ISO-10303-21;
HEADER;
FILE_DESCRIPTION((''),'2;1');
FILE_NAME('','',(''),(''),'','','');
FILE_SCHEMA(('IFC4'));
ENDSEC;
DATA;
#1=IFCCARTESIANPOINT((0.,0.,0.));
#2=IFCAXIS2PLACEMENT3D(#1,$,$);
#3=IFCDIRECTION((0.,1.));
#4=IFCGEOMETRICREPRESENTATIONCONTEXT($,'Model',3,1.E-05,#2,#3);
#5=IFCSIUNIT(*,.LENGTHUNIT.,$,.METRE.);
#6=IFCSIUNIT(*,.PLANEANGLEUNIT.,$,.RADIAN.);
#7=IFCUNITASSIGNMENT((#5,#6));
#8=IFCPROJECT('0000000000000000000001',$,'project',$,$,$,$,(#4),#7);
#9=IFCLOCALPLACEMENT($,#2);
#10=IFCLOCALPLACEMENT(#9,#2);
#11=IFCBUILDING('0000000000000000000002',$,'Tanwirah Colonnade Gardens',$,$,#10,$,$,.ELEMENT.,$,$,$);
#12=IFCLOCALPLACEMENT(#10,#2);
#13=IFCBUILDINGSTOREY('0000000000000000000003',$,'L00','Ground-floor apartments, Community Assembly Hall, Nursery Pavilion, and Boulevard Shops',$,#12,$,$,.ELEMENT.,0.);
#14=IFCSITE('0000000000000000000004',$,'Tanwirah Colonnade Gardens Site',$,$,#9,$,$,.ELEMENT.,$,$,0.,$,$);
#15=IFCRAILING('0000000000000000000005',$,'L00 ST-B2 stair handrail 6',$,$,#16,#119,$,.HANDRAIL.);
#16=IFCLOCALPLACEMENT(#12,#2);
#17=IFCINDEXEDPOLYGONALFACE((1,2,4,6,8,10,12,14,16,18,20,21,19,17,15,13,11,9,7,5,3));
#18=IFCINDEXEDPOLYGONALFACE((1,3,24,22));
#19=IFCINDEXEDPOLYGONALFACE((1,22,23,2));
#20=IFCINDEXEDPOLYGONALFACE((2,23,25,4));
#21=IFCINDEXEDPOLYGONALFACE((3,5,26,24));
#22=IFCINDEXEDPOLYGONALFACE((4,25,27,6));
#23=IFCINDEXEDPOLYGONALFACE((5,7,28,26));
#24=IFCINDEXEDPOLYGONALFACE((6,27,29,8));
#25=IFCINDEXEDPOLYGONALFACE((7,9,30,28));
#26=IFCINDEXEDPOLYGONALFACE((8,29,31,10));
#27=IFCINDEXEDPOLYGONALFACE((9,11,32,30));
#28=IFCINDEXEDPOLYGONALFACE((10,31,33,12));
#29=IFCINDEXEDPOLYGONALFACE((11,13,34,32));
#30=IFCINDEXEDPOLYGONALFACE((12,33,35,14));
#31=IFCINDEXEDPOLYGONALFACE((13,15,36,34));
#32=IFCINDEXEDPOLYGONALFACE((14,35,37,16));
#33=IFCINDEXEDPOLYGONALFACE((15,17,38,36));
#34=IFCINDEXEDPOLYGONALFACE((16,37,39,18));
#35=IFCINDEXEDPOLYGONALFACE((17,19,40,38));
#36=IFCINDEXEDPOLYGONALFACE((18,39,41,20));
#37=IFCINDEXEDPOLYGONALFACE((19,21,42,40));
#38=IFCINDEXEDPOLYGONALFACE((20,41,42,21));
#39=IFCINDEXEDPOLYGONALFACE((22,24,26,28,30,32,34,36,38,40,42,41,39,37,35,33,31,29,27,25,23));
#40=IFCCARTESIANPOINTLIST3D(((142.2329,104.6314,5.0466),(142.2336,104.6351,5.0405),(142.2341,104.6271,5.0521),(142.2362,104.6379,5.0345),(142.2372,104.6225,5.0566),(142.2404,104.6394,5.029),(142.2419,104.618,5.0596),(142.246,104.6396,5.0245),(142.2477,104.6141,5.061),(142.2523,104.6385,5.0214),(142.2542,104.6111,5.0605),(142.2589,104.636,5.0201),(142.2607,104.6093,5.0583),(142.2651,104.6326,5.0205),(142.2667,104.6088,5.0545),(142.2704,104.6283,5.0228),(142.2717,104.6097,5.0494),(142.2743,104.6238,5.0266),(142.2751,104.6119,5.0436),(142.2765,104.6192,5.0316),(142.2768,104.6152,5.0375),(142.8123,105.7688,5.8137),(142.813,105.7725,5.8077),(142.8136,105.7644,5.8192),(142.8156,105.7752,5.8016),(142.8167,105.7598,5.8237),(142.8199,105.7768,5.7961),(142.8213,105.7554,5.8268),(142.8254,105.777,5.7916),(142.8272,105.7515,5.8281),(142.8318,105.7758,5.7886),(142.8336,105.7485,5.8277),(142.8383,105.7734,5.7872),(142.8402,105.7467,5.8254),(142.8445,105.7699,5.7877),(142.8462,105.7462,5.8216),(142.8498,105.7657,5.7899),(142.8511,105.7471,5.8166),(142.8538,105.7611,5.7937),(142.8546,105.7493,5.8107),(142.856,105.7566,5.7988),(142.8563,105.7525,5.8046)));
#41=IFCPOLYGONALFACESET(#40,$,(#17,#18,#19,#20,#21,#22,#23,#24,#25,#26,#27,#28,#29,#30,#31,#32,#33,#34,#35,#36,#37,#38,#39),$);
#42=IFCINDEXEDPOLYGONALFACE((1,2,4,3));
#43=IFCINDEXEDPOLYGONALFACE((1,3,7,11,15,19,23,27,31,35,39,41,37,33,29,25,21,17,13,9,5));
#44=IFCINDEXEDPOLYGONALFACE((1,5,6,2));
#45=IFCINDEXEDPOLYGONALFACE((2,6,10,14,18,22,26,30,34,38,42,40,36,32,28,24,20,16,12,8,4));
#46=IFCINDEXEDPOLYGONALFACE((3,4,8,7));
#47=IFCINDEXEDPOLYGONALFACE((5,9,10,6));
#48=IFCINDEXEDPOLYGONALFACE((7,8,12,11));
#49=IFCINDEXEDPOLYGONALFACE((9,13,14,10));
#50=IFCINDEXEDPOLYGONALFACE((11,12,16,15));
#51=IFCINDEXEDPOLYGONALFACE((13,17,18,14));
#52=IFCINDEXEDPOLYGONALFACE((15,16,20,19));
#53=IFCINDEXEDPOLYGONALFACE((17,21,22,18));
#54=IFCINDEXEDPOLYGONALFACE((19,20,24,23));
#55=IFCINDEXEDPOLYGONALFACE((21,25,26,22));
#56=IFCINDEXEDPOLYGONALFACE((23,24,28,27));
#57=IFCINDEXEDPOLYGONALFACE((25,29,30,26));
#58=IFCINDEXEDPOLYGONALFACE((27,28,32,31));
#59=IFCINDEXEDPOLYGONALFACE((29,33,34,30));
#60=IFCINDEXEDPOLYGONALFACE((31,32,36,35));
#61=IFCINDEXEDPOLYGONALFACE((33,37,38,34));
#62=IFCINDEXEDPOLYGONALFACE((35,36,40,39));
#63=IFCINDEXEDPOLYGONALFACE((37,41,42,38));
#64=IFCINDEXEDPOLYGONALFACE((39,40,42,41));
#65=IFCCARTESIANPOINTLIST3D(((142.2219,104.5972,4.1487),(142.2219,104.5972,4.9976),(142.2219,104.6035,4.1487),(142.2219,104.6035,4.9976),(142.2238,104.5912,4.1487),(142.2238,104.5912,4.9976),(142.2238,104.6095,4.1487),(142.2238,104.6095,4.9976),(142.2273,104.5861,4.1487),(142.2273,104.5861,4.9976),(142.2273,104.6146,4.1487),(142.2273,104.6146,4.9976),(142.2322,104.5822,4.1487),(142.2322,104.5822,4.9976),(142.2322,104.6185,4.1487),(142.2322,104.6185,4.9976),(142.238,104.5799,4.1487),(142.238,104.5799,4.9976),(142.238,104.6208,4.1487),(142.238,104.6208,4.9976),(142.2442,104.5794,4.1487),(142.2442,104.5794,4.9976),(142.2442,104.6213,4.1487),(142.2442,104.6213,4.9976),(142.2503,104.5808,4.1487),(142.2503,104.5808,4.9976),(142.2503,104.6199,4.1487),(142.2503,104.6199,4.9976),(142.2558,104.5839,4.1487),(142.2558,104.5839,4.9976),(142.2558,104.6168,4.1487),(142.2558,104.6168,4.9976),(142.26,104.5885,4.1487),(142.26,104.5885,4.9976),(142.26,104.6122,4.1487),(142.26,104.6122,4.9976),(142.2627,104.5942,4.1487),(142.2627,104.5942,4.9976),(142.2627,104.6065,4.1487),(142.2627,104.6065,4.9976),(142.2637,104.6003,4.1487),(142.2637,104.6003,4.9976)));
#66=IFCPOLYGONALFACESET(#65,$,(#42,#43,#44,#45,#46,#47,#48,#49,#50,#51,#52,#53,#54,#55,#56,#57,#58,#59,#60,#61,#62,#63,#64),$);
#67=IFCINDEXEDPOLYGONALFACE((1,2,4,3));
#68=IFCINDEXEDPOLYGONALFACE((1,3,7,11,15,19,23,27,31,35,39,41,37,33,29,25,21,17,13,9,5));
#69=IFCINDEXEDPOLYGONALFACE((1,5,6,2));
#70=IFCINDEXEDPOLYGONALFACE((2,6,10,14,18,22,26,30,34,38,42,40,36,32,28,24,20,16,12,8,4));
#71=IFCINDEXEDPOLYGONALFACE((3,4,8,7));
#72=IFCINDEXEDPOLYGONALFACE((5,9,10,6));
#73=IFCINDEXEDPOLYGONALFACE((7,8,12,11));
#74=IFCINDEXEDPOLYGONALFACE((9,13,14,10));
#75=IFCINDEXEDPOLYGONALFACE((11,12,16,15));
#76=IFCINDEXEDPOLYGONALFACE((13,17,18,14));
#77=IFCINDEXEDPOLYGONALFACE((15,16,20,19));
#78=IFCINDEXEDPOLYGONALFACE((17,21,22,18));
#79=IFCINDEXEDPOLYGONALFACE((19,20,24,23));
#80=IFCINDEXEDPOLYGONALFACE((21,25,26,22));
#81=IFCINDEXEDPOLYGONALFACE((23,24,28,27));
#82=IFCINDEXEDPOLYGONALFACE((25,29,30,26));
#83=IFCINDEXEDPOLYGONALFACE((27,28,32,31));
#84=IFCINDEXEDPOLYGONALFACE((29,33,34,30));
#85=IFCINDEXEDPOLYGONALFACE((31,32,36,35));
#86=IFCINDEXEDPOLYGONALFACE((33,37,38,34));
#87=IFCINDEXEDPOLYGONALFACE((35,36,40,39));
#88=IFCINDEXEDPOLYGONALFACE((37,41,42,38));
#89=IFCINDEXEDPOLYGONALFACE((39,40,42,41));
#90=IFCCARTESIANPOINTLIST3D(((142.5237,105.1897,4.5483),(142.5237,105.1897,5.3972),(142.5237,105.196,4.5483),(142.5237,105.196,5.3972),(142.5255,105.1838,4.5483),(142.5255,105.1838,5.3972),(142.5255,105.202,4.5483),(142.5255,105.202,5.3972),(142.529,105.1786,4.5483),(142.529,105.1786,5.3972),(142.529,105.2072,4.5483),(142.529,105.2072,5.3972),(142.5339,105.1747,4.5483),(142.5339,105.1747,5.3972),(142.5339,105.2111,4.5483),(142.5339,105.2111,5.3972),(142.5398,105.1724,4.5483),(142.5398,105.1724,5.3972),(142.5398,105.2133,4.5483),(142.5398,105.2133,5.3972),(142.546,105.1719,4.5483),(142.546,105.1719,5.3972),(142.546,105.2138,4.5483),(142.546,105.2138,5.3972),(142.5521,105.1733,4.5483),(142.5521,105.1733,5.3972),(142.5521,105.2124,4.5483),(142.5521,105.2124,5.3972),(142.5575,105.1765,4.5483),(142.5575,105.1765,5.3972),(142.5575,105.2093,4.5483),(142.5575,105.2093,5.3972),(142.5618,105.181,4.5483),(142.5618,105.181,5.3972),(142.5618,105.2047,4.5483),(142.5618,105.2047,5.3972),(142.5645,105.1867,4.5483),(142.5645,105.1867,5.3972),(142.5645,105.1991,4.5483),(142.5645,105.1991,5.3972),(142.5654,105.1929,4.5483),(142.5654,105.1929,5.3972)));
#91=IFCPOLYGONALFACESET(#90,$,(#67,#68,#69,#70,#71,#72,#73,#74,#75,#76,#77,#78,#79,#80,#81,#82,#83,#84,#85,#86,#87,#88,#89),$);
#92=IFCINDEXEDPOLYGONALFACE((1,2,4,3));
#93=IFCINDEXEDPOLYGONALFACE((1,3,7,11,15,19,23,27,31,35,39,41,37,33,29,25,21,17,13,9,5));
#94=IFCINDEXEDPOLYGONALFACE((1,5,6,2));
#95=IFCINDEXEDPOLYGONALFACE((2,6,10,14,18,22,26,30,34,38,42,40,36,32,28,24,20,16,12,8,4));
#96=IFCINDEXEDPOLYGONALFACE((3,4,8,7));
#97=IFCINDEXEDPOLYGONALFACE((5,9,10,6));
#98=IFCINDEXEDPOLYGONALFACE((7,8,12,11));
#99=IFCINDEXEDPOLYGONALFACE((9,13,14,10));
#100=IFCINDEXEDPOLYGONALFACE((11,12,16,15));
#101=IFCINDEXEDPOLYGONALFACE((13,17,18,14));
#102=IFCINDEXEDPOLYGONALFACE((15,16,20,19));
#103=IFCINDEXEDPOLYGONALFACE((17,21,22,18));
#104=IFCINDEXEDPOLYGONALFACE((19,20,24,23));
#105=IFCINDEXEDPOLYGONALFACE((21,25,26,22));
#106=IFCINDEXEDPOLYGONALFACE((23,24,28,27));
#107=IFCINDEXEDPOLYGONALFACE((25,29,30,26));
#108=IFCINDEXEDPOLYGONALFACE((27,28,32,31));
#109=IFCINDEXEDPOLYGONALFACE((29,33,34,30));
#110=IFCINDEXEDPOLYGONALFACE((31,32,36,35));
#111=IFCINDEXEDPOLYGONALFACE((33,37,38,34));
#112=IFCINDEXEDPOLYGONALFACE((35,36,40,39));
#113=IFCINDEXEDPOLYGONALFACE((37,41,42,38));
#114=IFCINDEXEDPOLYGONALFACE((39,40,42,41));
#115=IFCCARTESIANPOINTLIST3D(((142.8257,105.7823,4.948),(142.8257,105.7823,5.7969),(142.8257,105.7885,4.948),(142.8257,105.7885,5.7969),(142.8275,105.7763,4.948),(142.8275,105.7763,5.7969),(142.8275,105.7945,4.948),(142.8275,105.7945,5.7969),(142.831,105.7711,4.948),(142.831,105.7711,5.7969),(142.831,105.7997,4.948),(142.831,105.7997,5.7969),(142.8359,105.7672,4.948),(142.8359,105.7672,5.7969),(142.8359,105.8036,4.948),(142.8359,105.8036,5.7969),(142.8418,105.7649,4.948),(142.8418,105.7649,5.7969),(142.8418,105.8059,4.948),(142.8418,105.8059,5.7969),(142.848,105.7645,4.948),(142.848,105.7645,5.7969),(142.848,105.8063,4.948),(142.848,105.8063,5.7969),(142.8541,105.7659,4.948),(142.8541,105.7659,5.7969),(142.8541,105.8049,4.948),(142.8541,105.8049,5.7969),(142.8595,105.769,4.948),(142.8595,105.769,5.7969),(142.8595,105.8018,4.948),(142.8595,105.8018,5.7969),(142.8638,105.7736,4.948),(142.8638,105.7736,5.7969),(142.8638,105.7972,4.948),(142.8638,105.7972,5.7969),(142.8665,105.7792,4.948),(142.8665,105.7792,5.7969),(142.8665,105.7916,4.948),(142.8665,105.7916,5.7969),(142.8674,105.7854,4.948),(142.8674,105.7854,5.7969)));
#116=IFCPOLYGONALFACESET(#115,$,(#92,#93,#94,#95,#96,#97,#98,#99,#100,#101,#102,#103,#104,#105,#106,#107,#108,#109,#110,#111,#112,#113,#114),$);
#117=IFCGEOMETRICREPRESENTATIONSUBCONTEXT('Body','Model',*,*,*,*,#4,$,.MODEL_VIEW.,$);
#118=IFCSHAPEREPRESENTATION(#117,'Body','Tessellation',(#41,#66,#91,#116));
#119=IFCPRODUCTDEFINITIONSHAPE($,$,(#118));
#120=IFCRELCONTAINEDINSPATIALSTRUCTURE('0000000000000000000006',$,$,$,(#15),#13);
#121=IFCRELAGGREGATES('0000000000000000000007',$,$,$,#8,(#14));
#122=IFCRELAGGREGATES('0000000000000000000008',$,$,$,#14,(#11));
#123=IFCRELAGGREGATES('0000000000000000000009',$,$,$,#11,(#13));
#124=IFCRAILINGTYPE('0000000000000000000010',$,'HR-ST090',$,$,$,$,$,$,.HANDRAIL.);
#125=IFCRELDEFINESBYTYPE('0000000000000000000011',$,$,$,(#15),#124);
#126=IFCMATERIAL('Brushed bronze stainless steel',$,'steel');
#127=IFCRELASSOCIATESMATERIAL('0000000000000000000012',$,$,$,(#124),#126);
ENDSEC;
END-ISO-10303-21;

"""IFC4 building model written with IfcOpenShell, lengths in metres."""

from ifc_helpers import new_model, si_unit, direction, frame, origin, origin_2d, place, context, subcontext, project, spatial, circle, extrude, material, type_object, element, save


model = new_model("IFC4")

# Units and contexts
model_context = context("Model", 3, precision=1e-05, world=origin(), true_north=direction((0.0, 1.0)))
body_context = subcontext(model_context, "Body", "Model", "MODEL_VIEW")
ifc_project = project(units=[si_unit("LENGTHUNIT", "METRE"), si_unit("PLANEANGLEUNIT", "RADIAN")], contexts=[model_context])

# Site, building, storey
site_placement = place(None, origin())
site = spatial("IfcSite", under=ifc_project, at=site_placement, Name="Tanwirah Colonnade Gardens Site", CompositionType="ELEMENT", RefElevation=0.0)
building_placement = place(site_placement, origin())
building = spatial("IfcBuilding", under=site, at=building_placement, Name="Tanwirah Colonnade Gardens", CompositionType="ELEMENT")
storey_placement = place(building_placement, origin())
storey = spatial("IfcBuildingStorey", under=building, at=storey_placement, Name="L00", Description="Ground-floor apartments, Community Assembly Hall, Nursery Pavilion, and Boulevard Shops", CompositionType="ELEMENT", Elevation=0.0)

# Railing
ifc_material_1 = material(Name="Brushed bronze stainless steel", Category="steel")
railing_type = type_object("IfcRailingType", Name="HR-ST090", PredefinedType="HANDRAIL", material=ifc_material_1)
railing_placement = place(storey_placement, frame((142.2427, 104.6003, 4.1487)))
element("IfcRailing", 1, at=railing_placement, inside=storey, type_object=railing_type, Name="L00 ST-B2 stair handrail 6", PredefinedType="HANDRAIL", context=body_context, shape_type="SweptSolid", body=[
    extrude(circle(Radius=0.0239, at=origin_2d()), frame((0.0122, 0.0239, 0.8918), z_axis=(0.389094, 0.763713, 0.515121), x_axis=(-0.891024, 0.453956, 0.0)), (0.0, 0.0, 1.0), 1.4893),
    extrude(circle(Radius=0.021, at=origin_2d()), origin(), (0.0, 0.0, 1.0), 0.8489),
    extrude(circle(Radius=0.021, at=origin_2d()), frame((0.3018, 0.5925, 0.3997)), (0.0, 0.0, 1.0), 0.8489),
    extrude(circle(Radius=0.021, at=origin_2d()), frame((0.6038, 1.1851, 0.7993)), (0.0, 0.0, 1.0), 0.8489),
])

save(model, "model.ifc")
